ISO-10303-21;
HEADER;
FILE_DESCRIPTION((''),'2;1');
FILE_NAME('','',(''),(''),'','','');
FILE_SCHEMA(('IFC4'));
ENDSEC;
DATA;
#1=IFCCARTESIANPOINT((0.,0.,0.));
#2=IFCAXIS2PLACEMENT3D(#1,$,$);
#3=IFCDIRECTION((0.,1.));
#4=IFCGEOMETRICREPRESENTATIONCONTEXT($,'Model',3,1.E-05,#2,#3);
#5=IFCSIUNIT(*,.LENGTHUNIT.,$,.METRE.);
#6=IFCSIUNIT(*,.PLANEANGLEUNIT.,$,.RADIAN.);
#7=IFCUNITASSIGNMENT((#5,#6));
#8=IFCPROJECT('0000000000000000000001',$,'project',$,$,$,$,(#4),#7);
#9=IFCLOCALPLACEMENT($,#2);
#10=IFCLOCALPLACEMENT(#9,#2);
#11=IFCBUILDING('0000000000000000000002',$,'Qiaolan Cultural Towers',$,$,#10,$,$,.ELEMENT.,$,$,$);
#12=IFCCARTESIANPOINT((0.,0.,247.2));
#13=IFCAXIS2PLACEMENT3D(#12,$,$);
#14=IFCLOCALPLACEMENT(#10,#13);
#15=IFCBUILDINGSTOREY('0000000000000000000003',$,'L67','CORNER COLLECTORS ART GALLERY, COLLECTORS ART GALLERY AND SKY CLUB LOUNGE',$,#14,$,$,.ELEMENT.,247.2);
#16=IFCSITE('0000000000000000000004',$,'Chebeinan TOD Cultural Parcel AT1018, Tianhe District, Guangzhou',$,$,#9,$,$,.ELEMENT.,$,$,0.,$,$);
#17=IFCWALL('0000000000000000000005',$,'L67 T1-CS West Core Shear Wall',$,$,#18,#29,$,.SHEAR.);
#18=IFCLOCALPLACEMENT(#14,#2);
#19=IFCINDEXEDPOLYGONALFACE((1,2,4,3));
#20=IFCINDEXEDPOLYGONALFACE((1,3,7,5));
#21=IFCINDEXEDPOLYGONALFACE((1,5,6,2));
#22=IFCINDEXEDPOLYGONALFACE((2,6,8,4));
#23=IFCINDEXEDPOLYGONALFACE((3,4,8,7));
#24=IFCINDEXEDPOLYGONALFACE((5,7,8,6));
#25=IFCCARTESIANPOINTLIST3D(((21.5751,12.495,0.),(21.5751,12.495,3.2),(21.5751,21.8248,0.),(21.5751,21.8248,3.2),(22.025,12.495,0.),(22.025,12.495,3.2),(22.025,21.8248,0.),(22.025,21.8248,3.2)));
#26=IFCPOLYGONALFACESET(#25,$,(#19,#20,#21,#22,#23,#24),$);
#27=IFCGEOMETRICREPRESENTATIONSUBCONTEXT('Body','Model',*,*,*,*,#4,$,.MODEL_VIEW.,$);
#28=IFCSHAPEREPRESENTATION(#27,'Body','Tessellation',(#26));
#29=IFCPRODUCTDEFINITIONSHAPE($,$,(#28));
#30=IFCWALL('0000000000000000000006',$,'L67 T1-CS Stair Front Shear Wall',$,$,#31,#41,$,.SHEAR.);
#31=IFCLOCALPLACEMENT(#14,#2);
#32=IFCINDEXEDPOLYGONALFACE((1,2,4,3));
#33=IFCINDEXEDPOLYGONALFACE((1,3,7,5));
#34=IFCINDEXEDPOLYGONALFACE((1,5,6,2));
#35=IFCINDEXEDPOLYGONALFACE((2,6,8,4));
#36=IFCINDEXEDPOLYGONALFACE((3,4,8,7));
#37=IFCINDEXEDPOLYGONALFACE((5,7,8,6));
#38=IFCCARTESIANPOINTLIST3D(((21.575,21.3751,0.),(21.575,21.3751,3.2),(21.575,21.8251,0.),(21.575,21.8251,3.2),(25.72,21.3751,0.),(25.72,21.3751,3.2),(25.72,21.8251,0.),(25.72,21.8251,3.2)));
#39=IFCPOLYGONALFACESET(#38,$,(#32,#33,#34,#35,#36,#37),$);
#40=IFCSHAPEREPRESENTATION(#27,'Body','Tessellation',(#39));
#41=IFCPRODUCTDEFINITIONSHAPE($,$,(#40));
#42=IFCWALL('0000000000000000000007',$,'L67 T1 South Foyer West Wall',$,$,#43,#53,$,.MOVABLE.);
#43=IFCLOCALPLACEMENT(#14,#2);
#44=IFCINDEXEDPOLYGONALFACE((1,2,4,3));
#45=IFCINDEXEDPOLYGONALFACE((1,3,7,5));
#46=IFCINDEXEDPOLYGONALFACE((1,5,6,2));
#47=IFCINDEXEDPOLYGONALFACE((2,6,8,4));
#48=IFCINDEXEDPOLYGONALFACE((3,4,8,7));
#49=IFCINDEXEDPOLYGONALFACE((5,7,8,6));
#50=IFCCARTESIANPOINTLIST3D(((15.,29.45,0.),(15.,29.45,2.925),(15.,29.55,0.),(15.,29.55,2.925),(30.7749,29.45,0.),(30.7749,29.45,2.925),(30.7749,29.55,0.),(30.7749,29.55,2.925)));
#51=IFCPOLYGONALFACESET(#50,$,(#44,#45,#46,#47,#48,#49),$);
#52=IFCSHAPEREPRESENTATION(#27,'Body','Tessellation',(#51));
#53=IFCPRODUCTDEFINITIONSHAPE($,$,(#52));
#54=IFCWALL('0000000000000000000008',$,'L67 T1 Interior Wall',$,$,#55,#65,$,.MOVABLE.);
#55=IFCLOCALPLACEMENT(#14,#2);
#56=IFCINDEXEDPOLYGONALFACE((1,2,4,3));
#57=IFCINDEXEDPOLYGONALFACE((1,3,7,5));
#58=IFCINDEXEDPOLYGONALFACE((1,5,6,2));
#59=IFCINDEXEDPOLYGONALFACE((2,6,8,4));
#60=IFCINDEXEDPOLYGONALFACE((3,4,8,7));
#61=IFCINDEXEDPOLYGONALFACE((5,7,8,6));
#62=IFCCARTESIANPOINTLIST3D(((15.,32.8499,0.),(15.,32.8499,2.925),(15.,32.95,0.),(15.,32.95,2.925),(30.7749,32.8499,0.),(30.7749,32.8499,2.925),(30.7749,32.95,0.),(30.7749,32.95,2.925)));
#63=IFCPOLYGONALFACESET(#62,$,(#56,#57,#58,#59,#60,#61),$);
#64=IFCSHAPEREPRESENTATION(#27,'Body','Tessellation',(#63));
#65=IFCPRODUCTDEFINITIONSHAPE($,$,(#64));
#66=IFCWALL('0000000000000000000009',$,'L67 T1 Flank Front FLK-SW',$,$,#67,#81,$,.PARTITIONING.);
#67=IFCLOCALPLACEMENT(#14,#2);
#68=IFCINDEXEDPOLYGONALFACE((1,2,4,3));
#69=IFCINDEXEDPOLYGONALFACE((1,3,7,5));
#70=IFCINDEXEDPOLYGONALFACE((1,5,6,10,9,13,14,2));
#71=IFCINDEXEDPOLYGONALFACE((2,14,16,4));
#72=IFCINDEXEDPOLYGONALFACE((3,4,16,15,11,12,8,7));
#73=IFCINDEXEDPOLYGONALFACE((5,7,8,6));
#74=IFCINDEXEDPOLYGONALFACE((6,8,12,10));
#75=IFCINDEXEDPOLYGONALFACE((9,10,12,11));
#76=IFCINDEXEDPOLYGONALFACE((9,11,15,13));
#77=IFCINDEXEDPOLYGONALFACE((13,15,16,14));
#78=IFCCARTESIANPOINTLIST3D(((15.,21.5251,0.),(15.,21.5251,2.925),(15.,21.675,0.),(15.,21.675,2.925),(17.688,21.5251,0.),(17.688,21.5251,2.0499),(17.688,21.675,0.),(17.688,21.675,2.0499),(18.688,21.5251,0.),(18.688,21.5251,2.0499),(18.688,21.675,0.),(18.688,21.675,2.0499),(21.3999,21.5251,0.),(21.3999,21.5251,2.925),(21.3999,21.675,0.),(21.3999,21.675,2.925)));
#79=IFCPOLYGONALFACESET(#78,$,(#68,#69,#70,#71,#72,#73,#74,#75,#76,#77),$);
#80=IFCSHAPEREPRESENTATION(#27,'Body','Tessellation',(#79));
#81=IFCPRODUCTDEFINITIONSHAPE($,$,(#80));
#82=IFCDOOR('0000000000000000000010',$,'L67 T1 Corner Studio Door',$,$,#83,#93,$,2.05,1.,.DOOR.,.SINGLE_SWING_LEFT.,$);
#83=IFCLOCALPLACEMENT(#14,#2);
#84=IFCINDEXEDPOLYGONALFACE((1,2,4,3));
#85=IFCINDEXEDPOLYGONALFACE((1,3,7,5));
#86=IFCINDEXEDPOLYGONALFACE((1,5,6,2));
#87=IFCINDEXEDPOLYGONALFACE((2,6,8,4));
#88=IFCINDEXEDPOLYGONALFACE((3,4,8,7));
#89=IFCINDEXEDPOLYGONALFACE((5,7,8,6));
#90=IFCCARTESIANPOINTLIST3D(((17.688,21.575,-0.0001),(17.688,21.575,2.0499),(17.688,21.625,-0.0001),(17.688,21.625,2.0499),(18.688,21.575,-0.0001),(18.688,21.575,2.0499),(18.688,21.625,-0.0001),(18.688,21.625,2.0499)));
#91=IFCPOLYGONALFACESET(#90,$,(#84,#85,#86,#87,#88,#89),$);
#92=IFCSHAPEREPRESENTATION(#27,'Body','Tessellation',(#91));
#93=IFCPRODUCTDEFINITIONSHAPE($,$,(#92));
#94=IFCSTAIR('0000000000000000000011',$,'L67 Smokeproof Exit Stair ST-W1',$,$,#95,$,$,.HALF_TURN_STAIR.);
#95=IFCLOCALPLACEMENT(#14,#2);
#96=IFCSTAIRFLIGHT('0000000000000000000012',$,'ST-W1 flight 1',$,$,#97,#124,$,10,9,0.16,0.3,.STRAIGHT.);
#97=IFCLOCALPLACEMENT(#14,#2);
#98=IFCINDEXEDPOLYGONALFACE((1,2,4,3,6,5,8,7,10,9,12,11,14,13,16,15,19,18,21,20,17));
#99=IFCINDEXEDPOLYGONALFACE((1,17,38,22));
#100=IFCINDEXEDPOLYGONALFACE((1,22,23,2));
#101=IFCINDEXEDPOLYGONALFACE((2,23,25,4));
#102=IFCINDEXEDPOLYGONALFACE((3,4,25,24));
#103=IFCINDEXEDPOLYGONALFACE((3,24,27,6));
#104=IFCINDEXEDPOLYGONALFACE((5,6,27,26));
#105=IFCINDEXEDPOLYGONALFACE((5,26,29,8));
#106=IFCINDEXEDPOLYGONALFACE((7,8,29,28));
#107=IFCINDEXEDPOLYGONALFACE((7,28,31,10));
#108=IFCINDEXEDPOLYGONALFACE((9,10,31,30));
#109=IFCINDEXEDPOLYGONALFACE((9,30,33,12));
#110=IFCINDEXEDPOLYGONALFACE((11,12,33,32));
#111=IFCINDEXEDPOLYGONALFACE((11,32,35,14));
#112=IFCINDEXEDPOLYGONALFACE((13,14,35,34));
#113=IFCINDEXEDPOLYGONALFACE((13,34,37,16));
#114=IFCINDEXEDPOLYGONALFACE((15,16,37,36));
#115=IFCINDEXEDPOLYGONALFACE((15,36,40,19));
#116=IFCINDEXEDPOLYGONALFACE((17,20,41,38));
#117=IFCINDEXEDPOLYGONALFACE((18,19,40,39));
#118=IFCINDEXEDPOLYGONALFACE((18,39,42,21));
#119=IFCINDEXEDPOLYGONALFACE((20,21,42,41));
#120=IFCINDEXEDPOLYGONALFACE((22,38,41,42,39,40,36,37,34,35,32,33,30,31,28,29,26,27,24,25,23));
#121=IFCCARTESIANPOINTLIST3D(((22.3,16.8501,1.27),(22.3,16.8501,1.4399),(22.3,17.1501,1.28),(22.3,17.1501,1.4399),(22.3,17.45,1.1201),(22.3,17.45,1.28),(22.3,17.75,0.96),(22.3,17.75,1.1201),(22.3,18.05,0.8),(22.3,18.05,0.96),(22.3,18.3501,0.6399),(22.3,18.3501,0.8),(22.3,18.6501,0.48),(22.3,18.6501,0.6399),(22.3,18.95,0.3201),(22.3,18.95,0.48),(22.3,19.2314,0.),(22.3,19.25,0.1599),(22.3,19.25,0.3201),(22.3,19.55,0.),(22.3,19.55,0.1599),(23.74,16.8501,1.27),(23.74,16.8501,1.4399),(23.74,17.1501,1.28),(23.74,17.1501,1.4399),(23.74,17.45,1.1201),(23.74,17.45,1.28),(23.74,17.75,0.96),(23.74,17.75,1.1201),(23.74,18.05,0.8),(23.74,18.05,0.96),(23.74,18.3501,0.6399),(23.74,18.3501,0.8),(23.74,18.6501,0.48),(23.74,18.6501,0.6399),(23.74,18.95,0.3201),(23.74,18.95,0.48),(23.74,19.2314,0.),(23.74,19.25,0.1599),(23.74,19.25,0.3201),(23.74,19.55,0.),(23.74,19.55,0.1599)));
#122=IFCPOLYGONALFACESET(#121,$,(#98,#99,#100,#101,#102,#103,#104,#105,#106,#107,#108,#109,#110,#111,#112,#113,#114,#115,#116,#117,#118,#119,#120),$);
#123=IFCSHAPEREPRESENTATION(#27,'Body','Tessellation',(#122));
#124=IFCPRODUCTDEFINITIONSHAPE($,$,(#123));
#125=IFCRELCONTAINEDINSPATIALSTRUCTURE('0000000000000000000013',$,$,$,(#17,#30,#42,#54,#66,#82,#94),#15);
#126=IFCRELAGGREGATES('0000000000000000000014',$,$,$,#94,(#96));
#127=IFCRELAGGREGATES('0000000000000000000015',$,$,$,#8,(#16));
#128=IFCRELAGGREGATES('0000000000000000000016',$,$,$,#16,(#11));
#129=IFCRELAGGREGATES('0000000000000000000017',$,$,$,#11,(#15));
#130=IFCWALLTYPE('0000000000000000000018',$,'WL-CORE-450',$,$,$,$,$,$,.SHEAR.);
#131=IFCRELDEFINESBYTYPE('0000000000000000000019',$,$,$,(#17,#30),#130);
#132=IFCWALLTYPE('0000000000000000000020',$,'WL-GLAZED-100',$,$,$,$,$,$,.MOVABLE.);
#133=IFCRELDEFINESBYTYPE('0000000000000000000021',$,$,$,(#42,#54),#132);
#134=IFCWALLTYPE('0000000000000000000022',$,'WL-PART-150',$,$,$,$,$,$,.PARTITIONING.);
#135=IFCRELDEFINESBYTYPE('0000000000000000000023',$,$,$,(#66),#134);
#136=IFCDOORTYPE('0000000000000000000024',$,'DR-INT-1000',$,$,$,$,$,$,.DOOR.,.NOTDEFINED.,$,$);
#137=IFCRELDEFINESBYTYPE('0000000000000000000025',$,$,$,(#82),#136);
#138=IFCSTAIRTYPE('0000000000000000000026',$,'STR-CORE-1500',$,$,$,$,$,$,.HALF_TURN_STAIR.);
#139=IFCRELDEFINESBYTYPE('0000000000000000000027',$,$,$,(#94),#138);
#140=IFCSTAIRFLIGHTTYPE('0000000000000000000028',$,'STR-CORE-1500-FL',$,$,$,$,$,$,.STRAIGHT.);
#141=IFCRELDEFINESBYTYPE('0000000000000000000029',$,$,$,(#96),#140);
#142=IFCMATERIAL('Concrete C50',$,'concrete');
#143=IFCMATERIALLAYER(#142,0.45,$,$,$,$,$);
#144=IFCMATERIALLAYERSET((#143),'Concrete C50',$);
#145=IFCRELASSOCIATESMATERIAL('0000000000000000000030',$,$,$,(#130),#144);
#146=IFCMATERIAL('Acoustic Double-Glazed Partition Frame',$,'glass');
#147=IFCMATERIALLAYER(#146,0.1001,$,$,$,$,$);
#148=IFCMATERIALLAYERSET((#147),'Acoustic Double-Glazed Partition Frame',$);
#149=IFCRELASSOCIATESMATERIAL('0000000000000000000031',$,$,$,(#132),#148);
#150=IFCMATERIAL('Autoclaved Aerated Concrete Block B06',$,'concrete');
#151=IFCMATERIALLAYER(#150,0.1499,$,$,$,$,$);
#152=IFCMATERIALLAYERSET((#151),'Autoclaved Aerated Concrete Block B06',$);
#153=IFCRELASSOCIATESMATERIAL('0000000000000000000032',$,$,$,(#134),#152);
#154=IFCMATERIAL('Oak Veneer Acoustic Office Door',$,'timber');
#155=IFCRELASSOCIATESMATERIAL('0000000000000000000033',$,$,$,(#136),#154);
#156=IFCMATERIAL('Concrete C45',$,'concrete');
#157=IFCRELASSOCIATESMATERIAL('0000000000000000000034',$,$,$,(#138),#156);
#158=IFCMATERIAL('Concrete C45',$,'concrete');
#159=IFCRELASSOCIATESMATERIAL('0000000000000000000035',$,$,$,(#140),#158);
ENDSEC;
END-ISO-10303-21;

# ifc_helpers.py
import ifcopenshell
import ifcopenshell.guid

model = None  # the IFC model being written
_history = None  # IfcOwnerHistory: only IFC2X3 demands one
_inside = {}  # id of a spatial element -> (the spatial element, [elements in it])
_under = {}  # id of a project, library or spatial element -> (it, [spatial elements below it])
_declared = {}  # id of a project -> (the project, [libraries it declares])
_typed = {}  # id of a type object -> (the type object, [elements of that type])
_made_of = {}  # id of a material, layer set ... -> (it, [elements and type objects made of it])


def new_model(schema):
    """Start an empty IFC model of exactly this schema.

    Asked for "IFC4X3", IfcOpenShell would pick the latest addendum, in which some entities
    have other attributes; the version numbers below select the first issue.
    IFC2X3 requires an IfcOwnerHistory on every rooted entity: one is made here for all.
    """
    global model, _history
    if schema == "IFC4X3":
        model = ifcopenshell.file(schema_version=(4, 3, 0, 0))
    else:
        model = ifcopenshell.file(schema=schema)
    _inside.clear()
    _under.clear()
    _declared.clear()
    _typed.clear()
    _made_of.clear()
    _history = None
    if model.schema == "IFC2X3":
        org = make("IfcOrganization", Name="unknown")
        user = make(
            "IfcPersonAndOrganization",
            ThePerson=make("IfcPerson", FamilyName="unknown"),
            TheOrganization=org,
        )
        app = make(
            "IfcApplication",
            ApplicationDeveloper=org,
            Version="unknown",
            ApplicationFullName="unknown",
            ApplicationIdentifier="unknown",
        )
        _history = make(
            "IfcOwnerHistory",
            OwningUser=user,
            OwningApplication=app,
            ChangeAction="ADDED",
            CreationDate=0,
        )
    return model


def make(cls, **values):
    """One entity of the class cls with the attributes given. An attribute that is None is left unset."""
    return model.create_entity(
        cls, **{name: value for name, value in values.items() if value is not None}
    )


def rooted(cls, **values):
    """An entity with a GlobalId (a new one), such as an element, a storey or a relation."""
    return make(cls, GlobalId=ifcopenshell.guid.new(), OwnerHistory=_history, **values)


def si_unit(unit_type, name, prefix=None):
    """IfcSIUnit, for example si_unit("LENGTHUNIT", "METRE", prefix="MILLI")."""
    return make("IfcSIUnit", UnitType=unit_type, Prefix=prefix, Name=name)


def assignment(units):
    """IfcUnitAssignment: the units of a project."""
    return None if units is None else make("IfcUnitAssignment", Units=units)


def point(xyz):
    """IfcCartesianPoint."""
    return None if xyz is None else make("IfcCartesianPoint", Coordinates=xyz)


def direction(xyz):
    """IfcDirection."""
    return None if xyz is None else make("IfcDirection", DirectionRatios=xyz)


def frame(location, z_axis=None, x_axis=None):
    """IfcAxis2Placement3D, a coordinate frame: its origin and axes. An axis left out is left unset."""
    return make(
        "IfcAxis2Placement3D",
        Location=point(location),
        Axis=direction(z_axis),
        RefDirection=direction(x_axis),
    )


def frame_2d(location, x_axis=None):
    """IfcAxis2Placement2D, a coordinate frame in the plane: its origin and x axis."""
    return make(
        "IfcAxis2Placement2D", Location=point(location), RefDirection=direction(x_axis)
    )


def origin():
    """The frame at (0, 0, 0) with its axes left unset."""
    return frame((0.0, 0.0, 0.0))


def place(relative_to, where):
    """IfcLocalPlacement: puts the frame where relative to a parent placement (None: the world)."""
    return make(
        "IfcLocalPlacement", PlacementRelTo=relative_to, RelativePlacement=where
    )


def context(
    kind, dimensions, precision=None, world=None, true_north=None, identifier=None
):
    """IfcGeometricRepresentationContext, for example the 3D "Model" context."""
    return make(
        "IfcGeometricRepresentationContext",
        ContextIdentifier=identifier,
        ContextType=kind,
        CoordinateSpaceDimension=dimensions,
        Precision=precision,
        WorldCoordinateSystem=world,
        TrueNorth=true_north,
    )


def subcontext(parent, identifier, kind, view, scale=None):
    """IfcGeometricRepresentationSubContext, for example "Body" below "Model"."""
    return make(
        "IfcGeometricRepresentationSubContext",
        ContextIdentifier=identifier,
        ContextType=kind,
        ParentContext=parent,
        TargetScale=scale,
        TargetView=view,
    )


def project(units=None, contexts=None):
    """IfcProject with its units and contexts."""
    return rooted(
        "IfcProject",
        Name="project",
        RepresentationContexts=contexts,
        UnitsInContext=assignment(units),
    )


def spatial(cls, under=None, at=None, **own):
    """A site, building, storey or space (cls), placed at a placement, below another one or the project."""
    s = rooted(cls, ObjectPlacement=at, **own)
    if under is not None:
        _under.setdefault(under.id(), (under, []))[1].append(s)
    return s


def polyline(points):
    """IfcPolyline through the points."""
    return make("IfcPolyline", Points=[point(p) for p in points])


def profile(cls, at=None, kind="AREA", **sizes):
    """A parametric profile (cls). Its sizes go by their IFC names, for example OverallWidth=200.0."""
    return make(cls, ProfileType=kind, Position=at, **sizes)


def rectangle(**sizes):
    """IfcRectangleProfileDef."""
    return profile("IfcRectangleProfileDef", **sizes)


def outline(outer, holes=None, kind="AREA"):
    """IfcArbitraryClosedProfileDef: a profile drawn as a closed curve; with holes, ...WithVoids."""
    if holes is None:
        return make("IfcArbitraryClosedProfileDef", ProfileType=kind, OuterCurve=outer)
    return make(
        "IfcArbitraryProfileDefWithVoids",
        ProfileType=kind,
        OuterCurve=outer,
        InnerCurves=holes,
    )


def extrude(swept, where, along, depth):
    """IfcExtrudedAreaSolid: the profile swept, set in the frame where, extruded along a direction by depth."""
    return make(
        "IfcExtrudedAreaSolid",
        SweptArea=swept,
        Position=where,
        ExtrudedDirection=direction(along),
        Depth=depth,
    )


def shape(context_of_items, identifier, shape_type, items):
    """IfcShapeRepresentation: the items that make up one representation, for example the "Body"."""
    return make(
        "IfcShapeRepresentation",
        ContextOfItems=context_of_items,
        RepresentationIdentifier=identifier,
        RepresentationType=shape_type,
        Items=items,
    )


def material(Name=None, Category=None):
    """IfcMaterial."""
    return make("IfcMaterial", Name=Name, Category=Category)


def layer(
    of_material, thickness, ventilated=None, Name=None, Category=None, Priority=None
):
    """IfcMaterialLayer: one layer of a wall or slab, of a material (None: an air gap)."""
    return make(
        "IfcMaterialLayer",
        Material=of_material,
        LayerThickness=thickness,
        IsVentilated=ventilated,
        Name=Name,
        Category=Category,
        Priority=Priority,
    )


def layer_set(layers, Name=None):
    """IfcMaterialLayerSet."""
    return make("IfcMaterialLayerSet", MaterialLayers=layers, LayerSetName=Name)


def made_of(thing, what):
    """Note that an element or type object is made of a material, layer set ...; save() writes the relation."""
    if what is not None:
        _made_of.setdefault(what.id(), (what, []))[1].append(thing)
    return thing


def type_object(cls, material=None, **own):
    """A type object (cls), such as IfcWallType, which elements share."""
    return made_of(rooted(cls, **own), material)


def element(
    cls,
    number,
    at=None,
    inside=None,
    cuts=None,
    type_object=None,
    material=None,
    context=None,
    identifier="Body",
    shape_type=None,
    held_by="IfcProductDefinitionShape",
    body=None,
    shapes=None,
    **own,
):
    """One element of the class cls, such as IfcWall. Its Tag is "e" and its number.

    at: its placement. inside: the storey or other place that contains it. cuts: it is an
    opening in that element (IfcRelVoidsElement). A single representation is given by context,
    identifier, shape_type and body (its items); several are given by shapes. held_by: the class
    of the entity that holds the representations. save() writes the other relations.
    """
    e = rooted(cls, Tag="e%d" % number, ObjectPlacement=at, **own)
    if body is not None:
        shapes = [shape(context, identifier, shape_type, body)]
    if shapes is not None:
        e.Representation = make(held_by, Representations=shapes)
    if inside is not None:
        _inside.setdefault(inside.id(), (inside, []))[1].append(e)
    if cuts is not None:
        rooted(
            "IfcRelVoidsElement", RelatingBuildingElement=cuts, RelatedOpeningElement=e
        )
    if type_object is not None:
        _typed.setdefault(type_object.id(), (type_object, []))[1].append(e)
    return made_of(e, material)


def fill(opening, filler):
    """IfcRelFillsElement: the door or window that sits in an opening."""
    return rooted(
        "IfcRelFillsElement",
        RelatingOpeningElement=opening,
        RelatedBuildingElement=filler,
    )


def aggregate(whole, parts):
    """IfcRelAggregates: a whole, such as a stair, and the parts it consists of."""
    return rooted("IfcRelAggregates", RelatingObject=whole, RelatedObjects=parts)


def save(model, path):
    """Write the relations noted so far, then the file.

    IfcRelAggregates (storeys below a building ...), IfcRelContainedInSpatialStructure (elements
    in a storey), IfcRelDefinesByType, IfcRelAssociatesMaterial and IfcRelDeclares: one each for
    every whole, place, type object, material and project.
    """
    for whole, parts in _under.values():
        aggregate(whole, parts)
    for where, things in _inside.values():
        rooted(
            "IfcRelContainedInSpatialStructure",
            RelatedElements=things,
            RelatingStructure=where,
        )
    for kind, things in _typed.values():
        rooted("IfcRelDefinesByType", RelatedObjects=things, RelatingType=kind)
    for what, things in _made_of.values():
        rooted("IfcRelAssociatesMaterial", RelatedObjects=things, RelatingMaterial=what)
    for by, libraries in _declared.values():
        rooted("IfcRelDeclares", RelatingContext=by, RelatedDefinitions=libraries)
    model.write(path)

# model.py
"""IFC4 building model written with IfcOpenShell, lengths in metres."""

from ifc_helpers import new_model, si_unit, direction, frame, frame_2d, origin, place, context, subcontext, project, spatial, polyline, rectangle, outline, extrude, material, layer, layer_set, type_object, element, fill, aggregate, save


model = new_model("IFC4")

# Units and contexts
model_context = context("Model", 3, precision=1e-05, world=origin(), true_north=direction((0.0, 1.0)))
body_context = subcontext(model_context, "Body", "Model", "MODEL_VIEW")
ifc_project = project(units=[si_unit("LENGTHUNIT", "METRE"), si_unit("PLANEANGLEUNIT", "RADIAN")], contexts=[model_context])

# Site, building, storey
site_placement = place(None, origin())
site = spatial("IfcSite", under=ifc_project, at=site_placement, Name="Chebeinan TOD Cultural Parcel AT1018, Tianhe District, Guangzhou", CompositionType="ELEMENT", RefElevation=0.0)
building_placement = place(site_placement, origin())
building = spatial("IfcBuilding", under=site, at=building_placement, Name="Qiaolan Cultural Towers", CompositionType="ELEMENT")
storey_placement = place(building_placement, frame((0.0, 0.0, 247.2)))
storey = spatial("IfcBuildingStorey", under=building, at=storey_placement, Name="L67", Description="CORNER COLLECTORS ART GALLERY, COLLECTORS ART GALLERY AND SKY CLUB LOUNGE", CompositionType="ELEMENT", Elevation=247.2)

# Walls
ifc_material_1 = material(Name="Concrete C50", Category="concrete")
ifc_layer_1 = layer(ifc_material_1, 0.45)
ifc_layer_set_1 = layer_set([ifc_layer_1], Name="Concrete C50")
wall_type_1 = type_object("IfcWallType", Name="WL-CORE-450", PredefinedType="SHEAR", material=ifc_layer_set_1)
wall_1_placement = place(storey_placement, frame((21.8, 21.825, 0.0), z_axis=(0.0, 0.0, 1.0), x_axis=(0.0, -1.0, 0.0)))
element("IfcWall", 1, at=wall_1_placement, inside=storey, type_object=wall_type_1, Name="L67 T1-CS West Core Shear Wall", PredefinedType="SHEAR", context=body_context, shape_type="SweptSolid", body=[
    extrude(rectangle(XDim=9.3298, YDim=0.45, at=frame_2d((4.665, 0.0))), origin(), (0.0, 0.0, 1.0), 3.2),
])
wall_2_placement = place(storey_placement, frame((21.575, 21.6001, 0.0), z_axis=(0.0, 0.0, 1.0), x_axis=(1.0, 0.0, 0.0)))
element("IfcWall", 2, at=wall_2_placement, inside=storey, type_object=wall_type_1, Name="L67 T1-CS Stair Front Shear Wall", PredefinedType="SHEAR", context=body_context, shape_type="SweptSolid", body=[
    extrude(rectangle(XDim=4.145, YDim=0.45, at=frame_2d((2.0725, 0.0))), origin(), (0.0, 0.0, 1.0), 3.2),
])
ifc_material_2 = material(Name="Acoustic Double-Glazed Partition Frame", Category="glass")
ifc_layer_2 = layer(ifc_material_2, 0.1001)
ifc_layer_set_2 = layer_set([ifc_layer_2], Name="Acoustic Double-Glazed Partition Frame")
wall_type_2 = type_object("IfcWallType", Name="WL-GLAZED-100", PredefinedType="MOVABLE", material=ifc_layer_set_2)
for number, where, z_axis, x_axis, name in (
    (3, (15.0, 29.5, 0.0), (0.0, 0.0, 1.0), (1.0, 0.0, 0.0), "L67 T1 South Foyer West Wall"),
    (4, (15.0, 32.8999, 0.0), (0.0, 0.0, 1.0), (1.0, 0.0, 0.0), "L67 T1 Interior Wall"),
):
    element("IfcWall", number, at=place(storey_placement, frame(where, z_axis=z_axis, x_axis=x_axis)), inside=storey, type_object=wall_type_2, Name=name, PredefinedType="MOVABLE", context=body_context, shape_type="SweptSolid", body=[
        extrude(rectangle(XDim=15.7749, YDim=0.1001, at=frame_2d((7.8875, 0.0))), origin(), (0.0, 0.0, 1.0), 2.925),
    ])

# Wall, opening, door
ifc_material_3 = material(Name="Autoclaved Aerated Concrete Block B06", Category="concrete")
ifc_layer_3 = layer(ifc_material_3, 0.1499)
ifc_layer_set_3 = layer_set([ifc_layer_3], Name="Autoclaved Aerated Concrete Block B06")
wall_type_3 = type_object("IfcWallType", Name="WL-PART-150", PredefinedType="PARTITIONING", material=ifc_layer_set_3)
wall_3_placement = place(storey_placement, frame((15.0, 21.6001, 0.0), z_axis=(0.0, 0.0, 1.0), x_axis=(1.0, 0.0, 0.0)))
wall_3 = element("IfcWall", 5, at=wall_3_placement, inside=storey, type_object=wall_type_3, Name="L67 T1 Flank Front FLK-SW", PredefinedType="PARTITIONING", context=body_context, shape_type="SweptSolid", body=[
    extrude(rectangle(XDim=6.3999, YDim=0.1499, at=frame_2d((3.2, 0.0))), origin(), (0.0, 0.0, 1.0), 2.925),
])
opening_placement = place(wall_3_placement, frame((2.688, 0.0, 0.0)))
opening = element("IfcOpeningElement", 6, at=opening_placement, cuts=wall_3, PredefinedType="OPENING", context=body_context, shape_type="SweptSolid", body=[
    extrude(rectangle(XDim=1.0, YDim=2.05, at=frame_2d((0.5, 1.0249))), frame((0.0, 0.085, 0.0), z_axis=(0.0, -1.0, 0.0), x_axis=(1.0, 0.0, 0.0)), (0.0, 0.0, 1.0), 0.1699),
])
ifc_material_4 = material(Name="Oak Veneer Acoustic Office Door", Category="timber")
door_type = type_object("IfcDoorType", Name="DR-INT-1000", OperationType="NOTDEFINED", PredefinedType="DOOR", material=ifc_material_4)
door_placement = place(opening_placement, origin())
door = element("IfcDoor", 7, at=door_placement, inside=storey, type_object=door_type, Name="L67 T1 Corner Studio Door", OperationType="SINGLE_SWING_LEFT", OverallHeight=2.05, OverallWidth=1.0, PredefinedType="DOOR", context=body_context, shape_type="SweptSolid", body=[
    extrude(rectangle(XDim=1.0, YDim=2.05, at=frame_2d((0.5, 1.0249))), frame((0.0, 0.0249, 0.0), z_axis=(0.0, -1.0, 0.0), x_axis=(1.0, 0.0, 0.0)), (0.0, 0.0, 1.0), 0.05),
])
fill(opening, door)

# Stair, stair flight
ifc_material_5 = material(Name="Concrete C45", Category="concrete")
stair_type = type_object("IfcStairType", Name="STR-CORE-1500", PredefinedType="HALF_TURN_STAIR", material=ifc_material_5)
stair_placement = place(storey_placement, origin())
stair = element("IfcStair", 8, at=stair_placement, inside=storey, type_object=stair_type, Name="L67 Smokeproof Exit Stair ST-W1", PredefinedType="HALF_TURN_STAIR")
ifc_material_6 = material(Name="Concrete C45", Category="concrete")
stair_flight_type = type_object("IfcStairFlightType", Name="STR-CORE-1500-FL", PredefinedType="STRAIGHT", material=ifc_material_6)
stair_flight_placement = place(storey_placement, frame((23.02, 19.55, 0.0), z_axis=(0.0, 0.0, 1.0), x_axis=(0.0, -1.0, 0.0)))
stair_flight = element("IfcStairFlight", 9, at=stair_flight_placement, type_object=stair_flight_type, Name="ST-W1 flight 1", NumberOfRisers=10, NumberOfTreads=9, PredefinedType="STRAIGHT", RiserHeight=0.16, TreadLength=0.3, context=body_context, shape_type="SweptSolid", body=[
    extrude(outline(polyline([(0.0, 0.0), (0.0, 0.1599), (0.3, 0.1599), (0.3, 0.3201), (0.6001, 0.3201), (0.6001, 0.48), (0.8999, 0.48), (0.8999, 0.6399), (1.2, 0.6399), (1.2, 0.8), (1.5, 0.8), (1.5, 0.96), (1.8, 0.96), (1.8, 1.1201), (2.1001, 1.1201), (2.1001, 1.28), (2.3999, 1.28), (2.3999, 1.4399), (2.7, 1.4399), (2.7, 1.6001), (2.7, 1.27), (0.3186, 0.0), (0.0, 0.0)])), frame((0.0, 0.72, 0.0), z_axis=(0.0, -1.0, 0.0), x_axis=(1.0, 0.0, 0.0)), (0.0, 0.0, 1.0), 1.4399),
])
aggregate(stair, [stair_flight])

save(model, "model.ifc")
